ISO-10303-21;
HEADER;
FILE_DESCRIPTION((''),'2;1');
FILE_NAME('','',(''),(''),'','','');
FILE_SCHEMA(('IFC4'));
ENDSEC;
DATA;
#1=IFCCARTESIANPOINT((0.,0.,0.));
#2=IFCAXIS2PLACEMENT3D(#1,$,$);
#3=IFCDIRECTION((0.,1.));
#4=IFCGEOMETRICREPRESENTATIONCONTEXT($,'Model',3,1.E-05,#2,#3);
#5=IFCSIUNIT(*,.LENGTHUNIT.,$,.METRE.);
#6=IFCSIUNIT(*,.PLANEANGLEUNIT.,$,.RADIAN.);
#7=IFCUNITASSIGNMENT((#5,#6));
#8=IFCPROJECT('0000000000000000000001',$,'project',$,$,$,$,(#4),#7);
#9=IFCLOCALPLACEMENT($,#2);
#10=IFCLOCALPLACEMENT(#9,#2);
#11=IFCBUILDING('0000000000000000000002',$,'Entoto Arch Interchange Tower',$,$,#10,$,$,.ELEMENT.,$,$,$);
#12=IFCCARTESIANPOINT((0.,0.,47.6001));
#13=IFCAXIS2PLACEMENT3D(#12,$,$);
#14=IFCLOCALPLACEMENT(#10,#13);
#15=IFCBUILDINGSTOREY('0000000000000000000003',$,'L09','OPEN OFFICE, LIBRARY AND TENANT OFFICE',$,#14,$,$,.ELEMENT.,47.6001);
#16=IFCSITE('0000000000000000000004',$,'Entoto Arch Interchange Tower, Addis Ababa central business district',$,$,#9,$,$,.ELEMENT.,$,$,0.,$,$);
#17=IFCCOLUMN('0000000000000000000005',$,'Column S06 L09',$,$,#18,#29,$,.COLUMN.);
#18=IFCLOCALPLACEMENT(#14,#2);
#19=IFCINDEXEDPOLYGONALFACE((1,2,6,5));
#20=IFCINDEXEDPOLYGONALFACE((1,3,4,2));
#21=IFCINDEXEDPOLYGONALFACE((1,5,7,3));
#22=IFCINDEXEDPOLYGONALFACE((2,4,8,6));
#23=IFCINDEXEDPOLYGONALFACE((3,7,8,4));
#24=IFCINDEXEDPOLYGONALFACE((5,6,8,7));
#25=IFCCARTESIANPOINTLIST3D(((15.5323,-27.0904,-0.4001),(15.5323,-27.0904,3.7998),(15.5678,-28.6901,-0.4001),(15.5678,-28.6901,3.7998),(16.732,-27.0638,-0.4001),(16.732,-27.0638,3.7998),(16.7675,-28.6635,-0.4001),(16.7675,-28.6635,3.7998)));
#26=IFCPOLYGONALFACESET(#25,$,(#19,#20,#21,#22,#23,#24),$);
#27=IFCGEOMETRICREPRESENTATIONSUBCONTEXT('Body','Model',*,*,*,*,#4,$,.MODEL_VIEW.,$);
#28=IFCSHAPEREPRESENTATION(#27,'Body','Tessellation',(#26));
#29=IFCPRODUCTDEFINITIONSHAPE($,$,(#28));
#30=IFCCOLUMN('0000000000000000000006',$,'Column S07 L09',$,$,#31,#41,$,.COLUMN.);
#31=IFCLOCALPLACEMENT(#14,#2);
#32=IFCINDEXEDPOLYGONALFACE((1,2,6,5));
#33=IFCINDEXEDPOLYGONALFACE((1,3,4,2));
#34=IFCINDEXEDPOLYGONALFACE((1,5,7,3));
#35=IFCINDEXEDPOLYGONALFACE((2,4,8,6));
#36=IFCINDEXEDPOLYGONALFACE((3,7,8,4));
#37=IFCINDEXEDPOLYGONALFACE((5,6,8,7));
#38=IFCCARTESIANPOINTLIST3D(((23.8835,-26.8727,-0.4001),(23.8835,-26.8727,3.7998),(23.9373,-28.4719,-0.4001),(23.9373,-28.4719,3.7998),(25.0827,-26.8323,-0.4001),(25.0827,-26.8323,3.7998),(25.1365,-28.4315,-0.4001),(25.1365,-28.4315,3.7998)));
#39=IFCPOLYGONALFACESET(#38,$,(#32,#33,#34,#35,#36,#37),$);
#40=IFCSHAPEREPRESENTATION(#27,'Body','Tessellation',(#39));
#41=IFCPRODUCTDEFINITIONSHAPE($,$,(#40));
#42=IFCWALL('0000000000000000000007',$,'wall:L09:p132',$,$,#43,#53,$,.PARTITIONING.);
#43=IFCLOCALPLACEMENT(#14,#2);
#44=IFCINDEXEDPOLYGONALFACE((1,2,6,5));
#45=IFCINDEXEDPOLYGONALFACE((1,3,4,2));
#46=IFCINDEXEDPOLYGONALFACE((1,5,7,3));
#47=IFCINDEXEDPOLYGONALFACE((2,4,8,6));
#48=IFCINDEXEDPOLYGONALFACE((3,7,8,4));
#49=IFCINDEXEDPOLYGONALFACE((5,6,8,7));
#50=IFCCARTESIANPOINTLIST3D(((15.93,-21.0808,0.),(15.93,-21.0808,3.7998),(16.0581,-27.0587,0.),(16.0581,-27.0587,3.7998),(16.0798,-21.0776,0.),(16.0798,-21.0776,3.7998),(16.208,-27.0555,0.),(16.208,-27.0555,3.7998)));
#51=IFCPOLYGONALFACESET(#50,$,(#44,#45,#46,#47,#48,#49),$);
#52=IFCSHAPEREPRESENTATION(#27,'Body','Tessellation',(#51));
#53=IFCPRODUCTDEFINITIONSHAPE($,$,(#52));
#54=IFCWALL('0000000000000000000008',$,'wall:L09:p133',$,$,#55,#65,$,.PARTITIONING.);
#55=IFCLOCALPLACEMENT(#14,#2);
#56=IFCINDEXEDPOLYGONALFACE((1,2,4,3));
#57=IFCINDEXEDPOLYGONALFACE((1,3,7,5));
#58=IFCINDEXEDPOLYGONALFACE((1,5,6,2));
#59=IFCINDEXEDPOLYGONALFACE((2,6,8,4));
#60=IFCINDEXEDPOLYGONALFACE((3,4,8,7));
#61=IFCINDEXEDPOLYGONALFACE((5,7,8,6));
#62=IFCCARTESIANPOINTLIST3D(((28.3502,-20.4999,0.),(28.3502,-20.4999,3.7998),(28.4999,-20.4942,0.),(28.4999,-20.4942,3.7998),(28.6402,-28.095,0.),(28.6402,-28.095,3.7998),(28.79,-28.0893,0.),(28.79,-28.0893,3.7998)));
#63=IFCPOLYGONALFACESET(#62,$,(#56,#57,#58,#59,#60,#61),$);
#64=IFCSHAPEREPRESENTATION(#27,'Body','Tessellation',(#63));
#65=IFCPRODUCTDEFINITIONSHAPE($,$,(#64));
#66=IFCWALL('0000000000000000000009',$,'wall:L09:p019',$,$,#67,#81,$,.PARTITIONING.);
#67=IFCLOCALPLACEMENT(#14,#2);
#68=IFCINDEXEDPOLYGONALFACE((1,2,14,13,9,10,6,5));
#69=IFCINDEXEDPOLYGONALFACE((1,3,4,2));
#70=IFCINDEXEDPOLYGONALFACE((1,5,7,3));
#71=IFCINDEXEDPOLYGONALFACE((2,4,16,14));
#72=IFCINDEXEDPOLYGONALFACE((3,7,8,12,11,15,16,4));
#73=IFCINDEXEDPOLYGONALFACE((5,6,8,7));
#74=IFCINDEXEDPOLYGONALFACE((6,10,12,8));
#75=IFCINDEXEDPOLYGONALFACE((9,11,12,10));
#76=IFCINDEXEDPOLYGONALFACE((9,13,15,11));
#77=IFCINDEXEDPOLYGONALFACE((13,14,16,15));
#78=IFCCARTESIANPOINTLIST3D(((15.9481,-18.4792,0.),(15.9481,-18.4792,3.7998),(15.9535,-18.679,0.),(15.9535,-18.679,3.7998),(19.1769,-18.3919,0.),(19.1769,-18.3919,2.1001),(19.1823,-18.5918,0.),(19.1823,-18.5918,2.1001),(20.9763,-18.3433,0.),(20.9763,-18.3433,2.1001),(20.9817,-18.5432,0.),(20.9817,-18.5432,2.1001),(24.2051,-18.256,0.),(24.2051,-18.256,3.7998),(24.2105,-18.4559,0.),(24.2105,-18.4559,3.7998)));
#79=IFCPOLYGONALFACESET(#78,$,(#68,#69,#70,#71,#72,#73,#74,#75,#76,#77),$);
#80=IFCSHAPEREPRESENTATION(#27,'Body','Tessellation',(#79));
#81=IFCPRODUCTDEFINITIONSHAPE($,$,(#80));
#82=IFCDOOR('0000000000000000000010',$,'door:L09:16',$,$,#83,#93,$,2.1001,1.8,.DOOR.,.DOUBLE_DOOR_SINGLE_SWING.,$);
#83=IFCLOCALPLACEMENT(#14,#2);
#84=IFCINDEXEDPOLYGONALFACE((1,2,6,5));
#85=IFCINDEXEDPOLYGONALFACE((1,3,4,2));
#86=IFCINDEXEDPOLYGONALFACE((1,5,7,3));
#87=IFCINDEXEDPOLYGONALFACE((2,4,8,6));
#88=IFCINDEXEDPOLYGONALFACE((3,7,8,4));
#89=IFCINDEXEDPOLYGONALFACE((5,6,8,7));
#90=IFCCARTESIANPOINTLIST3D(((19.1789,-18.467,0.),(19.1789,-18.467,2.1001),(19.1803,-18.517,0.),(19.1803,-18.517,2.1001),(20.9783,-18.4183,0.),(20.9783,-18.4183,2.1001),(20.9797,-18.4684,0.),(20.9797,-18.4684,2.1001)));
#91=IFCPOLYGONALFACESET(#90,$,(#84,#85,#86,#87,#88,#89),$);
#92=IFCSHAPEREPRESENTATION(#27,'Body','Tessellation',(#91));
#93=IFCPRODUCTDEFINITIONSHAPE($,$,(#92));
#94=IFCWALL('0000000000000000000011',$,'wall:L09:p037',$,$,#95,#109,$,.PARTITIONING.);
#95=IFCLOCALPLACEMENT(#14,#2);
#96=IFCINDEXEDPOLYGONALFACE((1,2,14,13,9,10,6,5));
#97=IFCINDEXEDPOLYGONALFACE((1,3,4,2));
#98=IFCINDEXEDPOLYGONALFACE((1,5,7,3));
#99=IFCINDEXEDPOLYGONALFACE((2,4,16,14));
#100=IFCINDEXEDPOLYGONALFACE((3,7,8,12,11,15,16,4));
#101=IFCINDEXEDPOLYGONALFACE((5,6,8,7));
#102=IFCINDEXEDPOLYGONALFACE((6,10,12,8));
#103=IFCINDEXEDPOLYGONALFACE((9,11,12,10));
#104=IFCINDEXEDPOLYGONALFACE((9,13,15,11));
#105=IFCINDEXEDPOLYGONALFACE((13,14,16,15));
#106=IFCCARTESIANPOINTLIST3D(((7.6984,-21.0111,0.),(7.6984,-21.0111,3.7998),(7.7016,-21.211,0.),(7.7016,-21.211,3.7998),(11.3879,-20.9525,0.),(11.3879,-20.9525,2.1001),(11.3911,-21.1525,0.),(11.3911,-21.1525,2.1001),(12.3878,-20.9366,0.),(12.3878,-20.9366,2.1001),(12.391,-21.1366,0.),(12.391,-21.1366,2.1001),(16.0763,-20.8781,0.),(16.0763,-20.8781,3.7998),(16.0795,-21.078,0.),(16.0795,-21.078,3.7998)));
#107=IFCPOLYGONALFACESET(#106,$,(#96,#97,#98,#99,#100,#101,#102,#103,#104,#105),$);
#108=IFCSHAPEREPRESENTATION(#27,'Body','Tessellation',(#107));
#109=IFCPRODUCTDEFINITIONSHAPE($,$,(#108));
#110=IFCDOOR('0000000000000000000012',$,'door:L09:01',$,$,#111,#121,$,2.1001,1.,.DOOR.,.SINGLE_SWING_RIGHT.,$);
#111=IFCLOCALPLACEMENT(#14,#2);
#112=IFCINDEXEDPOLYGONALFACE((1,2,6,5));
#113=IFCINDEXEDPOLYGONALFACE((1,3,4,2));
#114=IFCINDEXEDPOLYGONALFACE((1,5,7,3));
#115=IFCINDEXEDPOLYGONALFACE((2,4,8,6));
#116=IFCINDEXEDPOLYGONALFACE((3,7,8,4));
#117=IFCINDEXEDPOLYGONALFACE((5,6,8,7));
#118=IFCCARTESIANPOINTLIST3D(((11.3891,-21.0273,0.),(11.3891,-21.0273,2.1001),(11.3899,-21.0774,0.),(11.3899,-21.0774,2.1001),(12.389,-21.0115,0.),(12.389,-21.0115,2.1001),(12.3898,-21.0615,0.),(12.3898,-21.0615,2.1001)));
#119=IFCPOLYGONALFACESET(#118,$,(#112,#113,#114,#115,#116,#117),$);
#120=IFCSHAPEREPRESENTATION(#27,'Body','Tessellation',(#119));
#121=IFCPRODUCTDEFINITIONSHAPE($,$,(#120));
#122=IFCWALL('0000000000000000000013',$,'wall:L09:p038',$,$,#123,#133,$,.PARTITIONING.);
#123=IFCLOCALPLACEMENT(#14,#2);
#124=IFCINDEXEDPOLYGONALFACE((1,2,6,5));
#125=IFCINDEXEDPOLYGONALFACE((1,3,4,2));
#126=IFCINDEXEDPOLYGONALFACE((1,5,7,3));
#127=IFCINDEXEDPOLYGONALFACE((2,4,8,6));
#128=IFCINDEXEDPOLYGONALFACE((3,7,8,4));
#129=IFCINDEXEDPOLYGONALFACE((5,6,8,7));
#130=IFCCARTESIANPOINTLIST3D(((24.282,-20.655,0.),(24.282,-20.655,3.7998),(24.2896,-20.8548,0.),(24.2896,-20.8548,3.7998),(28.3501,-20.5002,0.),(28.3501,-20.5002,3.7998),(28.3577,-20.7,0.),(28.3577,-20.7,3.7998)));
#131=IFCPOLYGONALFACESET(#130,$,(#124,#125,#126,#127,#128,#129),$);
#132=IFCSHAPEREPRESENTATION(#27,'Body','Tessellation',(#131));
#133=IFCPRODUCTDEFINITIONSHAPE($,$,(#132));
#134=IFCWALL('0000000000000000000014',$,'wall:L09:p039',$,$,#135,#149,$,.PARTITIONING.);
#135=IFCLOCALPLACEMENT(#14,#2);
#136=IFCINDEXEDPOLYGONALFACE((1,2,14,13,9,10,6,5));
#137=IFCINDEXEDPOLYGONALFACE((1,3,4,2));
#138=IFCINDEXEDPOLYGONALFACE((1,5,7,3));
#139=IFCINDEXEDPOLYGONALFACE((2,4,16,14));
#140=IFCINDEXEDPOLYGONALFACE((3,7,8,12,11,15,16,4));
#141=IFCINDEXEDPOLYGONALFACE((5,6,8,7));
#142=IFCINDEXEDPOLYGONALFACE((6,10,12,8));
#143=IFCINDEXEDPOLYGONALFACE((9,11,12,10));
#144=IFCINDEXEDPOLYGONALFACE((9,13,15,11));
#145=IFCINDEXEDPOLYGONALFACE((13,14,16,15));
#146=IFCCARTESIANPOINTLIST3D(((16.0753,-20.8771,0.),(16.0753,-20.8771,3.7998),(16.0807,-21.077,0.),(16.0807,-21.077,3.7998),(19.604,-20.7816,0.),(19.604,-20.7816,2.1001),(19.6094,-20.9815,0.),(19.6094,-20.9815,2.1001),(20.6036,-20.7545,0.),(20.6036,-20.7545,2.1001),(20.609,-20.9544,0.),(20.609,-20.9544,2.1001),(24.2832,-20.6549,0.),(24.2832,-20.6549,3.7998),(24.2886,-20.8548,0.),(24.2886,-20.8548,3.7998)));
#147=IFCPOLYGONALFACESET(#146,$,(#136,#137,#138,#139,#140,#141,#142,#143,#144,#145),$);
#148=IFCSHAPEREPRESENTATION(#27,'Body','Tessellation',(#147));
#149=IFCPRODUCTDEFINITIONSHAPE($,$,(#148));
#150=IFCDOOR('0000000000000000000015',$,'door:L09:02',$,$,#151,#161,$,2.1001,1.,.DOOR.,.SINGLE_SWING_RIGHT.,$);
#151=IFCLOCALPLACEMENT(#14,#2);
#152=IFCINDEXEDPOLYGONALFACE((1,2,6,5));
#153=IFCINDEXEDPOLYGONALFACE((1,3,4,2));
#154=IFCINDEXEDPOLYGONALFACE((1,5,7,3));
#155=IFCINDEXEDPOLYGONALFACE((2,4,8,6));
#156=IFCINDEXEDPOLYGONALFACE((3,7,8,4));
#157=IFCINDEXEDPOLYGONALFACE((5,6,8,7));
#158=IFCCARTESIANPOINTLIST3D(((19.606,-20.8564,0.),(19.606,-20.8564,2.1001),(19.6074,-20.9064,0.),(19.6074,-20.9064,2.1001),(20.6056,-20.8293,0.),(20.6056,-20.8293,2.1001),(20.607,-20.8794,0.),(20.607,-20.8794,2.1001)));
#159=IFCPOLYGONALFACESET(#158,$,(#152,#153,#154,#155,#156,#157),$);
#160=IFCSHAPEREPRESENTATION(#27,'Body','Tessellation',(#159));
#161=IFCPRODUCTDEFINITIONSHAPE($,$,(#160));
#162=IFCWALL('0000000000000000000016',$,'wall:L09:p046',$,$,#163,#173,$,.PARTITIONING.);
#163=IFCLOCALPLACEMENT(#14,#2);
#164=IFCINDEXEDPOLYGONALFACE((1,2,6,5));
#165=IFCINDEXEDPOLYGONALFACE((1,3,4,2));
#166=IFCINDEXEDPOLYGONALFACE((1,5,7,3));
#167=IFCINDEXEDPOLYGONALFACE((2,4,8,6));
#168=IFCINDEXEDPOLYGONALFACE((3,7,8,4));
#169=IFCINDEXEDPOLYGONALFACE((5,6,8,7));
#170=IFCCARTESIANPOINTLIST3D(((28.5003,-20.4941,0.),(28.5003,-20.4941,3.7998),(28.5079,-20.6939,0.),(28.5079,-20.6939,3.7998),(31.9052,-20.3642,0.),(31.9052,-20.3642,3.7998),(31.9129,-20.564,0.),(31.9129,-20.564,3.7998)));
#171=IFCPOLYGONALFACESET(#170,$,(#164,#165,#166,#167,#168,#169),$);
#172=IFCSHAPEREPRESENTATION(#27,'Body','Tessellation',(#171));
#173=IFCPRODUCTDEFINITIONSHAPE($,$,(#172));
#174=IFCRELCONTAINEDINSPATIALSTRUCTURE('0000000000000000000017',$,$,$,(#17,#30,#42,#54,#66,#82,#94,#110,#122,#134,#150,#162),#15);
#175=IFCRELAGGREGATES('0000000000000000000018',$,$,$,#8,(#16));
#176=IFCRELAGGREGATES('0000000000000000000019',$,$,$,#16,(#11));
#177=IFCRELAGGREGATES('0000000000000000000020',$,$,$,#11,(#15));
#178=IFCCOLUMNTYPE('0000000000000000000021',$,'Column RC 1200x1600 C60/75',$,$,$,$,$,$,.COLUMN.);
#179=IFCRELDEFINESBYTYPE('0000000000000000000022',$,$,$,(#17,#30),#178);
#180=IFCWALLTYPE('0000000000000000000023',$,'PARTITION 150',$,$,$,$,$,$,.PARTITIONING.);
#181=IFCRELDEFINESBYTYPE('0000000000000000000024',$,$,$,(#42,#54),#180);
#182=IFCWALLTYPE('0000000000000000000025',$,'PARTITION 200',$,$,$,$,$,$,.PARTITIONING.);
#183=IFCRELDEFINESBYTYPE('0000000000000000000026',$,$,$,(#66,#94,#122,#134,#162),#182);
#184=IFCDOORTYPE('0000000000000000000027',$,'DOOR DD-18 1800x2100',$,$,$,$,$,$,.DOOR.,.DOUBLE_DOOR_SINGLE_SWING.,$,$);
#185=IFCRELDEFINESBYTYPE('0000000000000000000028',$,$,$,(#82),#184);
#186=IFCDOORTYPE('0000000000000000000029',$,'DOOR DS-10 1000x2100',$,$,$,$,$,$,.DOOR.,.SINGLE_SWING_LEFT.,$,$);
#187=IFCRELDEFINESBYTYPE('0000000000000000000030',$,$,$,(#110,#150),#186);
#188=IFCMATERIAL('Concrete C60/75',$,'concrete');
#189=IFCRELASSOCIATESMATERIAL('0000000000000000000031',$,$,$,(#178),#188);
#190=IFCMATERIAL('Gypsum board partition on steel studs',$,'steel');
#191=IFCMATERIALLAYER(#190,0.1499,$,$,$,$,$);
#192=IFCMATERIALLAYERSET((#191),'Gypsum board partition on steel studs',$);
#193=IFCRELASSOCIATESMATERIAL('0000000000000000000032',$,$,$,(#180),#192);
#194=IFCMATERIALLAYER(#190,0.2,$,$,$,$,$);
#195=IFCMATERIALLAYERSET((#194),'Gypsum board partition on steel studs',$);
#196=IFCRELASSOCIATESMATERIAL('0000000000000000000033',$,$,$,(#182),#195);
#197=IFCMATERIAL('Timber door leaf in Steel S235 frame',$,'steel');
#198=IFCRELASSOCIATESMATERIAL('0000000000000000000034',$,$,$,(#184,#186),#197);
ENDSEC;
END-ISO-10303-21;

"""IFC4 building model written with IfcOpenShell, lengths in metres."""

from ifc_helpers import new_model, si_unit, direction, frame, frame_2d, origin, origin_2d, place, context, subcontext, project, spatial, rectangle, extrude, material, layer, layer_set, material_profile, profile_set, type_object, element, fill, save


model = new_model("IFC4")

# Units and contexts
model_context = context("Model", 3, precision=1e-05, world=origin(), true_north=direction((0.0, 1.0)))
body_context = subcontext(model_context, "Body", "Model", "MODEL_VIEW")
ifc_project = project(units=[si_unit("LENGTHUNIT", "METRE"), si_unit("PLANEANGLEUNIT", "RADIAN")], contexts=[model_context])

# Site, building, storey
site_placement = place(None, origin())
site = spatial("IfcSite", under=ifc_project, at=site_placement, Name="Entoto Arch Interchange Tower, Addis Ababa central business district", CompositionType="ELEMENT", RefElevation=0.0)
building_placement = place(site_placement, origin())
building = spatial("IfcBuilding", under=site, at=building_placement, Name="Entoto Arch Interchange Tower", CompositionType="ELEMENT")
storey_placement = place(building_placement, frame((0.0, 0.0, 47.6001)))
storey = spatial("IfcBuildingStorey", under=building, at=storey_placement, Name="L09", Description="OPEN OFFICE, LIBRARY AND TENANT OFFICE", CompositionType="ELEMENT", Elevation=47.6001)

# Columns
ifc_material_1 = material(Name="Concrete C60/75", Category="concrete")
ifc_material_profile = material_profile(ifc_material_1, rectangle(XDim=1.2, YDim=1.6001, at=origin_2d()))
ifc_profile_set = profile_set([ifc_material_profile], Name="Concrete C60/75")
column_type = type_object("IfcColumnType", Name="Column RC 1200x1600 C60/75", PredefinedType="COLUMN", material=ifc_profile_set)
for number, where, z_axis, x_axis, name in (
    (1, (16.1499, -27.877, -0.4001), (0.0, 0.0, 1.0), (0.999754, 0.022164, 0.0), "Column S06 L09"),
    (2, (24.51, -27.6521, -0.4001), (0.0, 0.0, 1.0), (0.999434, 0.033626, 0.0), "Column S07 L09"),
):
    element("IfcColumn", number, at=place(storey_placement, frame(where, z_axis=z_axis, x_axis=x_axis)), inside=storey, type_object=column_type, Name=name, PredefinedType="COLUMN", context=body_context, shape_type="SweptSolid", body=[
        extrude(rectangle(XDim=1.2, YDim=1.6001, at=origin_2d()), origin(), (0.0, 0.0, 1.0), 4.2),
    ])

# Walls
ifc_material_2 = material(Name="Gypsum board partition on steel studs", Category="steel")
ifc_layer_1 = layer(ifc_material_2, 0.1499)
ifc_layer_set_1 = layer_set([ifc_layer_1], Name="Gypsum board partition on steel studs")
wall_type_1 = type_object("IfcWallType", Name="PARTITION 150", PredefinedType="PARTITIONING", material=ifc_layer_set_1)
wall_1_placement = place(storey_placement, frame((16.0049, -21.0791, 0.0), z_axis=(0.0, 0.0, 1.0), x_axis=(0.021437, -0.99977, 0.0)))
element("IfcWall", 3, at=wall_1_placement, inside=storey, type_object=wall_type_1, Name="wall:L09:p132", PredefinedType="PARTITIONING", context=body_context, shape_type="SweptSolid", body=[
    extrude(rectangle(XDim=5.9792, YDim=0.1499, at=frame_2d((2.9897, 0.0))), origin(), (0.0, 0.0, 1.0), 3.7998),
])
wall_2_placement = place(storey_placement, frame((28.425, -20.4971, 0.0), z_axis=(0.0, 0.0, 1.0), x_axis=(0.03816, -0.999272, 0.0)))
element("IfcWall", 4, at=wall_2_placement, inside=storey, type_object=wall_type_1, Name="wall:L09:p133", PredefinedType="PARTITIONING", context=body_context, shape_type="SweptSolid", body=[
    extrude(rectangle(XDim=7.6006, YDim=0.1499, at=frame_2d((3.8003, 0.0))), origin(), (0.0, 0.0, 1.0), 3.7998),
])

# Walls, openings, doors
ifc_layer_2 = layer(ifc_material_2, 0.2)
ifc_layer_set_2 = layer_set([ifc_layer_2], Name="Gypsum board partition on steel studs")
wall_type_2 = type_object("IfcWallType", Name="PARTITION 200", PredefinedType="PARTITIONING", material=ifc_layer_set_2)
wall_3_placement = place(storey_placement, frame((15.9509, -18.5791, 0.0), z_axis=(0.0, 0.0, 1.0), x_axis=(0.999635, 0.027015, 0.0)))
wall_3 = element("IfcWall", 5, at=wall_3_placement, inside=storey, type_object=wall_type_2, Name="wall:L09:p019", PredefinedType="PARTITIONING", context=body_context, shape_type="SweptSolid", body=[
    extrude(rectangle(XDim=8.26, YDim=0.2, at=frame_2d((4.1299, 0.0))), origin(), (0.0, 0.0, 1.0), 3.7998),
])
opening_1_placement = place(wall_3_placement, frame((3.23, 0.0, 0.0)))
opening_1 = element("IfcOpeningElement", 6, at=opening_1_placement, cuts=wall_3, PredefinedType="OPENING", context=body_context, shape_type="SweptSolid", body=[
    extrude(rectangle(XDim=1.8, YDim=2.1001, at=frame_2d((0.8999, 1.05))), frame((0.0, 0.1099, 0.0), z_axis=(0.0, -1.0, 0.0), x_axis=(1.0, 0.0, 0.0)), (0.0, 0.0, 1.0), 0.22),
])
ifc_material_3 = material(Name="Timber door leaf in Steel S235 frame", Category="steel")
door_type_1 = type_object("IfcDoorType", Name="DOOR DD-18 1800x2100", OperationType="DOUBLE_DOOR_SINGLE_SWING", PredefinedType="DOOR", material=ifc_material_3)
door_1_placement = place(opening_1_placement, origin())
door_1 = element("IfcDoor", 7, at=door_1_placement, inside=storey, type_object=door_type_1, Name="door:L09:16", OperationType="DOUBLE_DOOR_SINGLE_SWING", OverallHeight=2.1001, OverallWidth=1.8, PredefinedType="DOOR", context=body_context, shape_type="SweptSolid", body=[
    extrude(rectangle(XDim=1.8, YDim=2.1001, at=frame_2d((0.8999, 1.05))), frame((0.0, 0.0249, 0.0), z_axis=(0.0, -1.0, 0.0), x_axis=(1.0, 0.0, 0.0)), (0.0, 0.0, 1.0), 0.05),
])
fill(opening_1, door_1)
wall_4_placement = place(storey_placement, frame((16.0779, -20.978, 0.0), z_axis=(0.0, 0.0, 1.0), x_axis=(-0.999874, -0.01588, 0.0)))
wall_4 = element("IfcWall", 8, at=wall_4_placement, inside=storey, type_object=wall_type_2, Name="wall:L09:p037", PredefinedType="PARTITIONING", context=body_context, shape_type="SweptSolid", body=[
    extrude(rectangle(XDim=8.3789, YDim=0.2, at=frame_2d((4.1895, 0.0))), origin(), (0.0, 0.0, 1.0), 3.7998),
])
opening_2_placement = place(wall_4_placement, frame((3.689, 0.0, 0.0)))
opening_2 = element("IfcOpeningElement", 9, at=opening_2_placement, cuts=wall_4, PredefinedType="OPENING", context=body_context, shape_type="SweptSolid", body=[
    extrude(rectangle(XDim=1.0, YDim=2.1001, at=frame_2d((0.5, 1.05))), frame((0.0, 0.1099, 0.0), z_axis=(0.0, -1.0, 0.0), x_axis=(1.0, 0.0, 0.0)), (0.0, 0.0, 1.0), 0.22),
])
door_type_2 = type_object("IfcDoorType", Name="DOOR DS-10 1000x2100", OperationType="SINGLE_SWING_LEFT", PredefinedType="DOOR", material=ifc_material_3)
door_2_placement = place(opening_2_placement, origin())
door_2 = element("IfcDoor", 10, at=door_2_placement, inside=storey, type_object=door_type_2, Name="door:L09:01", OperationType="SINGLE_SWING_RIGHT", OverallHeight=2.1001, OverallWidth=1.0, PredefinedType="DOOR", context=body_context, shape_type="SweptSolid", body=[
    extrude(rectangle(XDim=1.0, YDim=2.1001, at=frame_2d((0.5, 1.05))), frame((0.0, 0.0249, 0.0), z_axis=(0.0, -1.0, 0.0), x_axis=(1.0, 0.0, 0.0)), (0.0, 0.0, 1.0), 0.05),
])
fill(opening_2, door_2)

# Wall
wall_5_placement = place(storey_placement, frame((28.354, -20.6001, 0.0), z_axis=(0.0, 0.0, 1.0), x_axis=(-0.999277, -0.038021, 0.0)))
element("IfcWall", 11, at=wall_5_placement, inside=storey, type_object=wall_type_2, Name="wall:L09:p038", PredefinedType="PARTITIONING", context=body_context, shape_type="SweptSolid", body=[
    extrude(rectangle(XDim=4.071, YDim=0.2, at=frame_2d((2.0356, 0.0))), origin(), (0.0, 0.0, 1.0), 3.7998),
])

# Wall, opening, door
wall_6_placement = place(storey_placement, frame((24.2859, -20.7549, 0.0), z_axis=(0.0, 0.0, 1.0), x_axis=(-0.999634, -0.027057, 0.0)))
wall_6 = element("IfcWall", 12, at=wall_6_placement, inside=storey, type_object=wall_type_2, Name="wall:L09:p039", PredefinedType="PARTITIONING", context=body_context, shape_type="SweptSolid", body=[
    extrude(rectangle(XDim=8.2109, YDim=0.2, at=frame_2d((4.1055, 0.0))), origin(), (0.0, 0.0, 1.0), 3.7998),
])
opening_3_placement = place(wall_6_placement, frame((3.6809, 0.0, 0.0)))
opening_3 = element("IfcOpeningElement", 13, at=opening_3_placement, cuts=wall_6, PredefinedType="OPENING", context=body_context, shape_type="SweptSolid", body=[
    extrude(rectangle(XDim=1.0, YDim=2.1001, at=frame_2d((0.5, 1.05))), frame((0.0, 0.1099, 0.0), z_axis=(0.0, -1.0, 0.0), x_axis=(1.0, 0.0, 0.0)), (0.0, 0.0, 1.0), 0.22),
])
door_3_placement = place(opening_3_placement, origin())
door_3 = element("IfcDoor", 14, at=door_3_placement, inside=storey, type_object=door_type_2, Name="door:L09:02", OperationType="SINGLE_SWING_RIGHT", OverallHeight=2.1001, OverallWidth=1.0, PredefinedType="DOOR", context=body_context, shape_type="SweptSolid", body=[
    extrude(rectangle(XDim=1.0, YDim=2.1001, at=frame_2d((0.5, 1.05))), frame((0.0, 0.0249, 0.0), z_axis=(0.0, -1.0, 0.0), x_axis=(1.0, 0.0, 0.0)), (0.0, 0.0, 1.0), 0.05),
])
fill(opening_3, door_3)

# Wall
wall_7_placement = place(storey_placement, frame((31.9089, -20.4641, 0.0), z_axis=(0.0, 0.0, 1.0), x_axis=(-0.999273, -0.038117, 0.0)))
element("IfcWall", 15, at=wall_7_placement, inside=storey, type_object=wall_type_2, Name="wall:L09:p046", PredefinedType="PARTITIONING", context=body_context, shape_type="SweptSolid", body=[
    extrude(rectangle(XDim=3.4075, YDim=0.2, at=frame_2d((1.7036, 0.0))), origin(), (0.0, 0.0, 1.0), 3.7998),
])

save(model, "model.ifc")
